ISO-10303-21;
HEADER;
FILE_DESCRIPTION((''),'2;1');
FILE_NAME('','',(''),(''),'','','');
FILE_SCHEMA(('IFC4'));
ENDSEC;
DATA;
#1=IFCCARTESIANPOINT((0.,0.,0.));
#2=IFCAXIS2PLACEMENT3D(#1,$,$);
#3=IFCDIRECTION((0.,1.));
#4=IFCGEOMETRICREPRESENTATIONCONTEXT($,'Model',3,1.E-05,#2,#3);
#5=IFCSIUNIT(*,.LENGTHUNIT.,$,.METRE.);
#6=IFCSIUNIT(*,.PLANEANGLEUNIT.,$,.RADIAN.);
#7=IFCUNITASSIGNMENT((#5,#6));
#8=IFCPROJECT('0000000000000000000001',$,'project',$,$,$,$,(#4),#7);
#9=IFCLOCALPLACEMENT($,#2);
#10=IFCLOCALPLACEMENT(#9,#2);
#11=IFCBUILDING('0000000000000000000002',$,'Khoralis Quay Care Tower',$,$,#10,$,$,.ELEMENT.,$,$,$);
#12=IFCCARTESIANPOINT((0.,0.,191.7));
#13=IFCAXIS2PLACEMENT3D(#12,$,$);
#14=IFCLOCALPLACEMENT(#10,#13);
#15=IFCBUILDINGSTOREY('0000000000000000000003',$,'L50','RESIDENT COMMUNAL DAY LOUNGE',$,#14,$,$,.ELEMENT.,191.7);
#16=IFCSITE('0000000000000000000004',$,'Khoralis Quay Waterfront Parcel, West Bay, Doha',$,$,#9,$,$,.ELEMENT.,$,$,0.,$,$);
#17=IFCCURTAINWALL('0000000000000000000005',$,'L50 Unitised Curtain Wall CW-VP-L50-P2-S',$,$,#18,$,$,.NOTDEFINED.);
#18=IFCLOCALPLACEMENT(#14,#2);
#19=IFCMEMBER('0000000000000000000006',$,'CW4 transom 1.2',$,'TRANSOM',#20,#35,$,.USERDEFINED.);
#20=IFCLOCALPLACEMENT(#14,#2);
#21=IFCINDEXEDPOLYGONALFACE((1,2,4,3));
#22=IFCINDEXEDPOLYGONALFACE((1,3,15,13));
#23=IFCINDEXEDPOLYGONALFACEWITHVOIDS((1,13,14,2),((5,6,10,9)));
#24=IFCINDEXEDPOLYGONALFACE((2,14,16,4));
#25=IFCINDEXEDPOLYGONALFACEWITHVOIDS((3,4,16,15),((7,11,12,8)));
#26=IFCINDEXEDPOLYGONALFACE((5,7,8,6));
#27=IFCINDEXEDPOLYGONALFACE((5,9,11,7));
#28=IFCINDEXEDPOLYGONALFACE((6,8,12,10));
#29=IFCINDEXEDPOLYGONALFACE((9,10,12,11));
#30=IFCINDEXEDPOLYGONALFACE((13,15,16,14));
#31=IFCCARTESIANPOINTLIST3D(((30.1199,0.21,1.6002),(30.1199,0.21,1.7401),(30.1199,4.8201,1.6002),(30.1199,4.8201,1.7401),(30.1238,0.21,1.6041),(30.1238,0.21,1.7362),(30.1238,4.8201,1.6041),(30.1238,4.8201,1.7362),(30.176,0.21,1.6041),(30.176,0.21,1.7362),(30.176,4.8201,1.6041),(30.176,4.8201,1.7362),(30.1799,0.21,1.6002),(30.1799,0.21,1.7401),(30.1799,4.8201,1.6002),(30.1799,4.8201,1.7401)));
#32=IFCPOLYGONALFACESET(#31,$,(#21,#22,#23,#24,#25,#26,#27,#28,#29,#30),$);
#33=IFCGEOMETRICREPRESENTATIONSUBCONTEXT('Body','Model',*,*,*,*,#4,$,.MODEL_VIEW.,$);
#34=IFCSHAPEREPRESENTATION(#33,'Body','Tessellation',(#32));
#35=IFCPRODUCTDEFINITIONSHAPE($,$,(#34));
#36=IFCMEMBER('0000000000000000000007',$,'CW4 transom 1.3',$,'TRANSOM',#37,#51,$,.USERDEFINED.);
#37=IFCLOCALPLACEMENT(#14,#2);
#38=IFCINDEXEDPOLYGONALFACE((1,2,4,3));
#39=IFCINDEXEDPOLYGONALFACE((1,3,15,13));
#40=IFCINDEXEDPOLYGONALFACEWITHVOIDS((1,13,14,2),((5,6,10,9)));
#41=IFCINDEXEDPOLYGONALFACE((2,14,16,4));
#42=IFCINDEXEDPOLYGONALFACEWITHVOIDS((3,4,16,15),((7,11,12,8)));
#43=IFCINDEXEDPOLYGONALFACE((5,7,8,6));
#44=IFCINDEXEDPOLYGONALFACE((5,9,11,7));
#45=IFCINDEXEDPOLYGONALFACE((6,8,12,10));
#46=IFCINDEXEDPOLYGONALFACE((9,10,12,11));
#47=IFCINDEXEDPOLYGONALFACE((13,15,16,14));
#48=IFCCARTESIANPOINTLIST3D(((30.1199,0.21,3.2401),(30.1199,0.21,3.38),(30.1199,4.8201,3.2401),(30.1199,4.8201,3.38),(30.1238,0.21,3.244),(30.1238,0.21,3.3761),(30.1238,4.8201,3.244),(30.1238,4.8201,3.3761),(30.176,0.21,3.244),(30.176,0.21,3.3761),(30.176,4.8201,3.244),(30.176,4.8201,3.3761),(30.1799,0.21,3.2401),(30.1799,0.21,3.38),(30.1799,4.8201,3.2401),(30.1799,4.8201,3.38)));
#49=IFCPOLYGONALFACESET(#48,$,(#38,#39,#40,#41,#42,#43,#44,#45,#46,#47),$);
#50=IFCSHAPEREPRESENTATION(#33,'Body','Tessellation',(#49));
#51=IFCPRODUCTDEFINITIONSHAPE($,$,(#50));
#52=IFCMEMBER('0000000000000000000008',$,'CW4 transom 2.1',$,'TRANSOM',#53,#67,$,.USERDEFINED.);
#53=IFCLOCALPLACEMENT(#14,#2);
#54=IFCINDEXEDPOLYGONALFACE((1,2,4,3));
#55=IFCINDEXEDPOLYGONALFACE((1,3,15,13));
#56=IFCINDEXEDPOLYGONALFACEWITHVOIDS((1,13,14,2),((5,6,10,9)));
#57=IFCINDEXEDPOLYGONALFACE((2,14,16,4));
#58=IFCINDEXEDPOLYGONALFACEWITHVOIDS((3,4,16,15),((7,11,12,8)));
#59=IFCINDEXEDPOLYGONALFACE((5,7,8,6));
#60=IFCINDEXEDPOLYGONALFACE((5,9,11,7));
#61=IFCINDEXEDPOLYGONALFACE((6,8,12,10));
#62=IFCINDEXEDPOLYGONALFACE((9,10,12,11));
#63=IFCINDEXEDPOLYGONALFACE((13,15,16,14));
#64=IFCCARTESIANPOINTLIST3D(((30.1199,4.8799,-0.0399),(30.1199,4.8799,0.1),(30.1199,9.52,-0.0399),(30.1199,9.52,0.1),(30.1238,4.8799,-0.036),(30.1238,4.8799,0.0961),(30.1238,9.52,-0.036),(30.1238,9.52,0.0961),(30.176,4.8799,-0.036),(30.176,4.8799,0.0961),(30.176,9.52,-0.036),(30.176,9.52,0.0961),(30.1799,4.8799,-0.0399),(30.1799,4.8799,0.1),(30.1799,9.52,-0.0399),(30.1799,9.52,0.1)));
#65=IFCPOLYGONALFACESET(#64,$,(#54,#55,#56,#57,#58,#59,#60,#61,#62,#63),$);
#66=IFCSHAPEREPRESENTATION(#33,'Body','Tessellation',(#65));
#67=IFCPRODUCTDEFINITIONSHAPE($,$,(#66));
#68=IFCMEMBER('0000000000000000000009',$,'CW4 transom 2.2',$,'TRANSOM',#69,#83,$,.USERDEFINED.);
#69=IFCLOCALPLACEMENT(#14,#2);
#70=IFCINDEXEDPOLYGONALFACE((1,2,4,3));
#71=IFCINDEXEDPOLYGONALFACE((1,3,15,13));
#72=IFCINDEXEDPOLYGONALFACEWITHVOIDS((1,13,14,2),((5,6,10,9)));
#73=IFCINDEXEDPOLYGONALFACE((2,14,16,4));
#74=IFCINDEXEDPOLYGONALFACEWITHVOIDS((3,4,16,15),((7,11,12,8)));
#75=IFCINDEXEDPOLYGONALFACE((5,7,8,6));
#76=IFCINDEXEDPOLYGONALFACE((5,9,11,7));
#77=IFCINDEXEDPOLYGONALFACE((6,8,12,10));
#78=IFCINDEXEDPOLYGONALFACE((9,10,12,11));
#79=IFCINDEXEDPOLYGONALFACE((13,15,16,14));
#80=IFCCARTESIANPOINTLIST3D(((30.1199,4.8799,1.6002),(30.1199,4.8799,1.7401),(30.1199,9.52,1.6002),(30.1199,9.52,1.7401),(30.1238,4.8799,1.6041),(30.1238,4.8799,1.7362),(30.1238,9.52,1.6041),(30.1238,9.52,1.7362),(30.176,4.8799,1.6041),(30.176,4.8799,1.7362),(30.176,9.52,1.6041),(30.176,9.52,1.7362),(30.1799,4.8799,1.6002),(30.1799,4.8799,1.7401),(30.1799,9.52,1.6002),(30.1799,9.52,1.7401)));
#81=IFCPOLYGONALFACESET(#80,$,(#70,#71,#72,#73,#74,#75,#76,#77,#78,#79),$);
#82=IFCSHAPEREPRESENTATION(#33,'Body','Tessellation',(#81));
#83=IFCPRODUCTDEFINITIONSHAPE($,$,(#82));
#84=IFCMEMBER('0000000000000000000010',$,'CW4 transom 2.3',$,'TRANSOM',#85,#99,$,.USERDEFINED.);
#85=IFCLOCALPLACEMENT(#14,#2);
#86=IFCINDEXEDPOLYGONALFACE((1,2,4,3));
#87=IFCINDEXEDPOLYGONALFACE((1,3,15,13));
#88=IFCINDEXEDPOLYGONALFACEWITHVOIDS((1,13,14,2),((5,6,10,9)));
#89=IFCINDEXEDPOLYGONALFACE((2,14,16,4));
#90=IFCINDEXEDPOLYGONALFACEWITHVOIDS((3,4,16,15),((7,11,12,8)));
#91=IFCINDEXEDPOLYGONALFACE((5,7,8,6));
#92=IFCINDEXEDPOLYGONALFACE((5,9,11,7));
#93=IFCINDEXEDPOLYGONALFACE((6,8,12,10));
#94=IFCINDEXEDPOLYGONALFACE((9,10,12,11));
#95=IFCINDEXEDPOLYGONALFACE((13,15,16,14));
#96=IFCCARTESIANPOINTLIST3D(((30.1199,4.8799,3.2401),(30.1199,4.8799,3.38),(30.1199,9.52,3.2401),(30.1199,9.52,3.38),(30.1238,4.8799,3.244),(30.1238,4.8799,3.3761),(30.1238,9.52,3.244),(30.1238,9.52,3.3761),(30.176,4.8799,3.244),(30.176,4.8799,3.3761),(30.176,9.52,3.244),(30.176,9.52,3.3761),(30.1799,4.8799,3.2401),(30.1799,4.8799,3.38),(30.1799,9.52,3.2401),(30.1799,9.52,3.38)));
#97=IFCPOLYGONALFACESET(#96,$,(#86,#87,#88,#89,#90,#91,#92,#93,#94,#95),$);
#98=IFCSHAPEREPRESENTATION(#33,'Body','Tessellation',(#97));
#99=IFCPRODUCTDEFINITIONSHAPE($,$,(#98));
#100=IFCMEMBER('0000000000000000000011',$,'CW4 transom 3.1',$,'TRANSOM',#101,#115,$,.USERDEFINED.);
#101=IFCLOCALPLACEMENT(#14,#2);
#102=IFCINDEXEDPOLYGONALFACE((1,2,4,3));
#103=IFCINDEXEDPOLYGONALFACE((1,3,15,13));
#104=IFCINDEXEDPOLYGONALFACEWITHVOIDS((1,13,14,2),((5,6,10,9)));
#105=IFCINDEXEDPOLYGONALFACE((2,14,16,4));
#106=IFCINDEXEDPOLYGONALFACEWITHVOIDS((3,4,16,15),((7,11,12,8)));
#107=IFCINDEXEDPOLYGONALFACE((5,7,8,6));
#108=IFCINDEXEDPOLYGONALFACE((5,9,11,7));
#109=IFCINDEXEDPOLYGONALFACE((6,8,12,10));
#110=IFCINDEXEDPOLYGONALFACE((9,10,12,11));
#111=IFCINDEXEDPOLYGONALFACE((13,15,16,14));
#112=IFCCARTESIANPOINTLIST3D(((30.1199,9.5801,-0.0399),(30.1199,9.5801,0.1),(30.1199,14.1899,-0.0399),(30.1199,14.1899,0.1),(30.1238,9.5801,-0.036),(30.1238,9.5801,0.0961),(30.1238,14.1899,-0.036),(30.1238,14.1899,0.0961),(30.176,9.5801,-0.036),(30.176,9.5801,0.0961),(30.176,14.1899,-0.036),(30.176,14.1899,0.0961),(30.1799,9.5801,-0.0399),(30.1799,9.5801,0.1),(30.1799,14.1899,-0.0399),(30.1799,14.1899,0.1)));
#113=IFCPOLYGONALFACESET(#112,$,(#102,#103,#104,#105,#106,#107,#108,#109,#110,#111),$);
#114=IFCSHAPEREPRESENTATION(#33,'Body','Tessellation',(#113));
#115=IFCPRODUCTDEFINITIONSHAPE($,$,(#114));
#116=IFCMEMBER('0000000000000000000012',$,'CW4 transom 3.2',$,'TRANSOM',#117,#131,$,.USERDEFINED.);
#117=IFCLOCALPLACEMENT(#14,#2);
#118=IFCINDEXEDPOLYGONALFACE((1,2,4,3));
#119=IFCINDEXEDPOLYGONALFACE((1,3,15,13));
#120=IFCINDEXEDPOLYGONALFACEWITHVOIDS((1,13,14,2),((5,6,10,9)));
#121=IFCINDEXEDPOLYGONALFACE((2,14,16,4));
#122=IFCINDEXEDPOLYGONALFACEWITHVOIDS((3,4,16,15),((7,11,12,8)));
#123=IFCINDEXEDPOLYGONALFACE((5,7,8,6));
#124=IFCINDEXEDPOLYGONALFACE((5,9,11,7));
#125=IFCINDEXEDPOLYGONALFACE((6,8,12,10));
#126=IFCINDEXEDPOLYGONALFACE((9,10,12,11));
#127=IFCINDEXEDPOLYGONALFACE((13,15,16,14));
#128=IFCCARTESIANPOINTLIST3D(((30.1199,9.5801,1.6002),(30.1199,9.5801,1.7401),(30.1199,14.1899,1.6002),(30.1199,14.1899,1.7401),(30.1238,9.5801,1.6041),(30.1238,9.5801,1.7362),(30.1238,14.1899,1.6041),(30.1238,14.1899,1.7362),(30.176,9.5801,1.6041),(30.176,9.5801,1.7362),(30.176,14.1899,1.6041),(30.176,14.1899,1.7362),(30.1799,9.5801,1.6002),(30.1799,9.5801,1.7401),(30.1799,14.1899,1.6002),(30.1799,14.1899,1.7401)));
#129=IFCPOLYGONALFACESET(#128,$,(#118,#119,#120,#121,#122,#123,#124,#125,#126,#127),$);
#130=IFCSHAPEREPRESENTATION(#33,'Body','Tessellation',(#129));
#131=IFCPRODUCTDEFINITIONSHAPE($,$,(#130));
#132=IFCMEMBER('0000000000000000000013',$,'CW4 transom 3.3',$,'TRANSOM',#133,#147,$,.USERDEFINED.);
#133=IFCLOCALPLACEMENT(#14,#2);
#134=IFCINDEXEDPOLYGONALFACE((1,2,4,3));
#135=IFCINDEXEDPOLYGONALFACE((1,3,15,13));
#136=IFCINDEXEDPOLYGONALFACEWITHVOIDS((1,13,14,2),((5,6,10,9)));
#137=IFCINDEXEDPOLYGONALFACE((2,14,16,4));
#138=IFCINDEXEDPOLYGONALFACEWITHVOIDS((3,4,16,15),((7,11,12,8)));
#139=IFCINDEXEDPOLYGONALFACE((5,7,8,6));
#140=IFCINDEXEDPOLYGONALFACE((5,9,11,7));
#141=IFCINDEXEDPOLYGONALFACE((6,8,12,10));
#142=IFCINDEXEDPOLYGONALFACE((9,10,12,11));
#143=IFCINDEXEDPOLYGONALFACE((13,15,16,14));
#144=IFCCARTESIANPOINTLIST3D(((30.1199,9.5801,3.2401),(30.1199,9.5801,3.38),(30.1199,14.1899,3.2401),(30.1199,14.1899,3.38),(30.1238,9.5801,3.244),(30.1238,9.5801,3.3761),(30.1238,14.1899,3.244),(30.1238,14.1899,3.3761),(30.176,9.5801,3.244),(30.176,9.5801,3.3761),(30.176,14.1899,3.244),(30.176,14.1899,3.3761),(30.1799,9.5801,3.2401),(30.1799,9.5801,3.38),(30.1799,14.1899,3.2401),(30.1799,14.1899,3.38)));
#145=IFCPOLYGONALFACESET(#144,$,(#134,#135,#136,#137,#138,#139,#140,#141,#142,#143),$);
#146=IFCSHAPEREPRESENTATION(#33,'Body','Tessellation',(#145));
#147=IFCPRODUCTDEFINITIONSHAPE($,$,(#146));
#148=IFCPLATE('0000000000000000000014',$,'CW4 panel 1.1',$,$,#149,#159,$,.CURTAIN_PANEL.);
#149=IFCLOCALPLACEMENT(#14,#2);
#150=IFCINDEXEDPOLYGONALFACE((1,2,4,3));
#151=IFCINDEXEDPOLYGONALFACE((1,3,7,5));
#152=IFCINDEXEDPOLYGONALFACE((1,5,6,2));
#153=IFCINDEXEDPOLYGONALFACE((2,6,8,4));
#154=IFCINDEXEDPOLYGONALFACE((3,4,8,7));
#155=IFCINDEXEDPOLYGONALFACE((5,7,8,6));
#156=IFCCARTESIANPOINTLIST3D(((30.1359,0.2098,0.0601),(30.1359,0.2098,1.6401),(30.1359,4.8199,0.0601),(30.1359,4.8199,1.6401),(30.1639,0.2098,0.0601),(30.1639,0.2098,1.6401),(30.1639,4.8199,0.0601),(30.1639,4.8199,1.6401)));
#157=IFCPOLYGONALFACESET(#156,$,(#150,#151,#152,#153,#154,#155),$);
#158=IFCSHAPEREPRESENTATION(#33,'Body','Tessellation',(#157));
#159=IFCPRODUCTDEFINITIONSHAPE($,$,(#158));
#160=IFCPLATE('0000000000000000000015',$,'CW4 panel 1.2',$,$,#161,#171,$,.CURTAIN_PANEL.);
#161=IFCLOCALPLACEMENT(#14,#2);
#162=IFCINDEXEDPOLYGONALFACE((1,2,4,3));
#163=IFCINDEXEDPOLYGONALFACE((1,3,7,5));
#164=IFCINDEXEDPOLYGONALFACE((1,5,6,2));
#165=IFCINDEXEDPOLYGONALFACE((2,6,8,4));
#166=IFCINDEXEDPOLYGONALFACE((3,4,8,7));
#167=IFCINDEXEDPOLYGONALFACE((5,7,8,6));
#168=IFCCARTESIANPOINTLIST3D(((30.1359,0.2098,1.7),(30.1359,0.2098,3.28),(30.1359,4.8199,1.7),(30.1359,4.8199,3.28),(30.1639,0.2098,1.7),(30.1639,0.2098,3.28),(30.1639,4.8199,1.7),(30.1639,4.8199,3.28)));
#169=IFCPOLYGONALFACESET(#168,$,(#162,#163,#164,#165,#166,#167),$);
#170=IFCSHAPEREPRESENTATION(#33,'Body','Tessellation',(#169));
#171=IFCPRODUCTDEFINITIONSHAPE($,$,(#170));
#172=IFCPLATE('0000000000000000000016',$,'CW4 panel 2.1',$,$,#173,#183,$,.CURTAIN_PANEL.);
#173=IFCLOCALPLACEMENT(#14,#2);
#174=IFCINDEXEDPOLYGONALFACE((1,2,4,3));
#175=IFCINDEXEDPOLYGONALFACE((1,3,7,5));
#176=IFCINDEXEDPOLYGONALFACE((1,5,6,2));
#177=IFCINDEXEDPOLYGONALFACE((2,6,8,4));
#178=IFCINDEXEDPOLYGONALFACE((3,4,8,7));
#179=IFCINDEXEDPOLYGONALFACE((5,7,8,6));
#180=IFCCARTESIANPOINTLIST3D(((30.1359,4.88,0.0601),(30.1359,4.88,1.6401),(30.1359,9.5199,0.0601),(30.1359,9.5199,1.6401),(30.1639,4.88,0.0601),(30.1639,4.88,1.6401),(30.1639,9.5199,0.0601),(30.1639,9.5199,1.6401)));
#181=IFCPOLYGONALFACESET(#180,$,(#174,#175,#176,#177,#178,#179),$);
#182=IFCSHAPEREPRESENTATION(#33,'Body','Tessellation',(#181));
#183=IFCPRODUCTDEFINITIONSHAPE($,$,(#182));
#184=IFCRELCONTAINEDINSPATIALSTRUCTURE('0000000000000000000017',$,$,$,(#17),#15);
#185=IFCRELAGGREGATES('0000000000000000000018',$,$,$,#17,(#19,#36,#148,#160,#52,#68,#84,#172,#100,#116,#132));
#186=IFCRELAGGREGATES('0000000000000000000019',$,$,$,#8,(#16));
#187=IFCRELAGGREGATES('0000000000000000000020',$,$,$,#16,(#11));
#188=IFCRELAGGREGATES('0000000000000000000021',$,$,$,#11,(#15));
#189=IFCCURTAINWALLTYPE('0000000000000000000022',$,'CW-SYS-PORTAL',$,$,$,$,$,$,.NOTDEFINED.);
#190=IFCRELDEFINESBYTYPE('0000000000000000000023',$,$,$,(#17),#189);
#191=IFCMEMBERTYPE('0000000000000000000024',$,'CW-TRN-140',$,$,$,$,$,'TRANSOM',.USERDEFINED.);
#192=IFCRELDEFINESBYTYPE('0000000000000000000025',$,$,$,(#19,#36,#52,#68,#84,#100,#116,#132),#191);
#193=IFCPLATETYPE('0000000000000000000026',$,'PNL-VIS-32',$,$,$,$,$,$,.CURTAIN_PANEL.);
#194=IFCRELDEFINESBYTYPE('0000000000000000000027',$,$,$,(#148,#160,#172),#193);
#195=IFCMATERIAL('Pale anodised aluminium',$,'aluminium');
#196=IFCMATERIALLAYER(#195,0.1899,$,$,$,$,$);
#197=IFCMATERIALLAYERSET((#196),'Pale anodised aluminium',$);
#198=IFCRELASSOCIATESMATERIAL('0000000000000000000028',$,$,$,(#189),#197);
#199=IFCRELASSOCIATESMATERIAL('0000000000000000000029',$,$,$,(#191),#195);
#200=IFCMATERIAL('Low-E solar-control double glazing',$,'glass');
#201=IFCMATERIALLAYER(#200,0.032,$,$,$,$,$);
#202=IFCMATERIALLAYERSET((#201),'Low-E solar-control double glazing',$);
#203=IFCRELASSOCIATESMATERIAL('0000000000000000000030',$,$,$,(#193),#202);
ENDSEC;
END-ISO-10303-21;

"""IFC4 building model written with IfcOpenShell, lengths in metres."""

from ifc_helpers import new_model, si_unit, direction, frame, origin, origin_2d, place, context, subcontext, project, spatial, rectangle, hollow_rectangle, extrude, source, transform, mapped, material, layer, layer_set, material_profile, profile_set, type_object, element, aggregate, save


model = new_model("IFC4")

# Units and contexts
model_context = context("Model", 3, precision=1e-05, world=origin(), true_north=direction((0.0, 1.0)))
body_context = subcontext(model_context, "Body", "Model", "MODEL_VIEW")
ifc_project = project(units=[si_unit("LENGTHUNIT", "METRE"), si_unit("PLANEANGLEUNIT", "RADIAN")], contexts=[model_context])

# Site, building, storey
site_placement = place(None, origin())
site = spatial("IfcSite", under=ifc_project, at=site_placement, Name="Khoralis Quay Waterfront Parcel, West Bay, Doha", CompositionType="ELEMENT", RefElevation=0.0)
building_placement = place(site_placement, origin())
building = spatial("IfcBuilding", under=site, at=building_placement, Name="Khoralis Quay Care Tower", CompositionType="ELEMENT")
storey_placement = place(building_placement, frame((0.0, 0.0, 191.7)))
storey = spatial("IfcBuildingStorey", under=building, at=storey_placement, Name="L50", Description="RESIDENT COMMUNAL DAY LOUNGE", CompositionType="ELEMENT", Elevation=191.7)

# Curtain wall, members, plates
ifc_material_1 = material(Name="Pale anodised aluminium", Category="aluminium")
ifc_layer_1 = layer(ifc_material_1, 0.1899)
ifc_layer_set_1 = layer_set([ifc_layer_1], Name="Pale anodised aluminium")
curtain_wall_type = type_object("IfcCurtainWallType", Name="CW-SYS-PORTAL", PredefinedType="NOTDEFINED", material=ifc_layer_set_1)
curtain_wall_placement = place(storey_placement, origin())
curtain_wall = element("IfcCurtainWall", 1, at=curtain_wall_placement, inside=storey, type_object=curtain_wall_type, Name="L50 Unitised Curtain Wall CW-VP-L50-P2-S", PredefinedType="NOTDEFINED")
ifc_material_profile_1 = material_profile(ifc_material_1, hollow_rectangle(XDim=0.0601, YDim=0.1399, WallThickness=0.0039, at=origin_2d()), Name="Pale anodised aluminium")
ifc_profile_set_1 = profile_set([ifc_material_profile_1], Name="Pale anodised aluminium")
member_type_1 = type_object("IfcMemberType", Name="CW-TRN-140", ElementType="TRANSOM", PredefinedType="USERDEFINED", material=ifc_profile_set_1)
shared_shape_1 = source(origin(), body_context, "Body", "SweptSolid", [
    extrude(hollow_rectangle(XDim=0.0601, YDim=0.1399, WallThickness=0.0039, at=origin_2d()), origin(), (0.0, 0.0, 1.0), 4.6101),
])
member_1_placement = place(storey_placement, frame((30.1499, 0.21, 1.6702), z_axis=(0.0, 1.0, 0.0), x_axis=(-1.0, 0.0, 0.0)))
member_1 = element("IfcMember", 2, at=member_1_placement, type_object=member_type_1, Name="CW4 transom 1.2", ObjectType="TRANSOM", PredefinedType="USERDEFINED", context=body_context, shape_type="MappedRepresentation", body=[
    mapped(shared_shape_1, transform((0.0, 0.0, 0.0), scale=1.0)),
])
member_2_placement = place(storey_placement, frame((30.1499, 0.21, 3.3101), z_axis=(0.0, 1.0, 0.0), x_axis=(-1.0, 0.0, 0.0)))
member_2 = element("IfcMember", 3, at=member_2_placement, type_object=member_type_1, Name="CW4 transom 1.3", ObjectType="TRANSOM", PredefinedType="USERDEFINED", context=body_context, shape_type="MappedRepresentation", body=[
    mapped(shared_shape_1, transform((0.0, 0.0, 0.0), scale=1.0)),
])
shared_shape_2 = source(origin(), body_context, "Body", "SweptSolid", [
    extrude(hollow_rectangle(XDim=0.0601, YDim=0.1399, WallThickness=0.0039, at=origin_2d()), origin(), (0.0, 0.0, 1.0), 4.6401),
])
member_3_placement = place(storey_placement, frame((30.1499, 4.8799, 0.03), z_axis=(0.0, 1.0, 0.0), x_axis=(-1.0, 0.0, 0.0)))
member_3 = element("IfcMember", 4, at=member_3_placement, type_object=member_type_1, Name="CW4 transom 2.1", ObjectType="TRANSOM", PredefinedType="USERDEFINED", context=body_context, shape_type="MappedRepresentation", body=[
    mapped(shared_shape_2, transform((0.0, 0.0, 0.0), scale=1.0)),
])
member_4_placement = place(storey_placement, frame((30.1499, 4.8799, 1.6702), z_axis=(0.0, 1.0, 0.0), x_axis=(-1.0, 0.0, 0.0)))
member_4 = element("IfcMember", 5, at=member_4_placement, type_object=member_type_1, Name="CW4 transom 2.2", ObjectType="TRANSOM", PredefinedType="USERDEFINED", context=body_context, shape_type="MappedRepresentation", body=[
    mapped(shared_shape_2, transform((0.0, 0.0, 0.0), scale=1.0)),
])
member_5_placement = place(storey_placement, frame((30.1499, 4.8799, 3.3101), z_axis=(0.0, 1.0, 0.0), x_axis=(-1.0, 0.0, 0.0)))
member_5 = element("IfcMember", 6, at=member_5_placement, type_object=member_type_1, Name="CW4 transom 2.3", ObjectType="TRANSOM", PredefinedType="USERDEFINED", context=body_context, shape_type="MappedRepresentation", body=[
    mapped(shared_shape_2, transform((0.0, 0.0, 0.0), scale=1.0)),
])
shared_shape_3 = source(origin(), body_context, "Body", "SweptSolid", [
    extrude(hollow_rectangle(XDim=0.0601, YDim=0.1399, WallThickness=0.0039, at=origin_2d()), origin(), (0.0, 0.0, 1.0), 4.6099),
])
member_6_placement = place(storey_placement, frame((30.1499, 9.5801, 0.03), z_axis=(0.0, 1.0, 0.0), x_axis=(-1.0, 0.0, 0.0)))
member_6 = element("IfcMember", 7, at=member_6_placement, type_object=member_type_1, Name="CW4 transom 3.1", ObjectType="TRANSOM", PredefinedType="USERDEFINED", context=body_context, shape_type="MappedRepresentation", body=[
    mapped(shared_shape_3, transform((0.0, 0.0, 0.0), scale=1.0)),
])
member_7_placement = place(storey_placement, frame((30.1499, 9.5801, 1.6702), z_axis=(0.0, 1.0, 0.0), x_axis=(-1.0, 0.0, 0.0)))
member_7 = element("IfcMember", 8, at=member_7_placement, type_object=member_type_1, Name="CW4 transom 3.2", ObjectType="TRANSOM", PredefinedType="USERDEFINED", context=body_context, shape_type="MappedRepresentation", body=[
    mapped(shared_shape_3, transform((0.0, 0.0, 0.0), scale=1.0)),
])
member_8_placement = place(storey_placement, frame((30.1499, 9.5801, 3.3101), z_axis=(0.0, 1.0, 0.0), x_axis=(-1.0, 0.0, 0.0)))
member_8 = element("IfcMember", 9, at=member_8_placement, type_object=member_type_1, Name="CW4 transom 3.3", ObjectType="TRANSOM", PredefinedType="USERDEFINED", context=body_context, shape_type="MappedRepresentation", body=[
    mapped(shared_shape_3, transform((0.0, 0.0, 0.0), scale=1.0)),
])
ifc_material_2 = material(Name="Low-E solar-control double glazing", Category="glass")
ifc_layer_2 = layer(ifc_material_2, 0.032)
ifc_layer_set_2 = layer_set([ifc_layer_2], Name="Low-E solar-control double glazing")
plate_type = type_object("IfcPlateType", Name="PNL-VIS-32", PredefinedType="CURTAIN_PANEL", material=ifc_layer_set_2)
shared_shape_4 = source(origin(), body_context, "Body", "SweptSolid", [
    extrude(rectangle(XDim=4.6101, YDim=0.0281, at=origin_2d()), origin(), (0.0, 0.0, 1.0), 1.5801),
])
plate_1_placement = place(storey_placement, frame((30.1499, 2.5149, 0.0601), z_axis=(0.0, 0.0, 1.0), x_axis=(0.0, 1.0, 0.0)))
plate_1 = element("IfcPlate", 10, at=plate_1_placement, type_object=plate_type, Name="CW4 panel 1.1", PredefinedType="CURTAIN_PANEL", context=body_context, shape_type="MappedRepresentation", body=[
    mapped(shared_shape_4, transform((0.0, 0.0, 0.0), scale=1.0)),
])
plate_2_placement = place(storey_placement, frame((30.1499, 2.5149, 1.7), z_axis=(0.0, 0.0, 1.0), x_axis=(0.0, 1.0, 0.0)))
plate_2 = element("IfcPlate", 11, at=plate_2_placement, type_object=plate_type, Name="CW4 panel 1.2", PredefinedType="CURTAIN_PANEL", context=body_context, shape_type="MappedRepresentation", body=[
    mapped(shared_shape_4, transform((0.0, 0.0, 0.0), scale=1.0)),
])
shared_shape_5 = source(origin(), body_context, "Body", "SweptSolid", [
    extrude(rectangle(XDim=4.6399, YDim=0.0281, at=origin_2d()), origin(), (0.0, 0.0, 1.0), 1.5801),
])
plate_3_placement = place(storey_placement, frame((30.1499, 7.2, 0.0601), z_axis=(0.0, 0.0, 1.0), x_axis=(0.0, 1.0, 0.0)))
plate_3 = element("IfcPlate", 12, at=plate_3_placement, type_object=plate_type, Name="CW4 panel 2.1", PredefinedType="CURTAIN_PANEL", context=body_context, shape_type="MappedRepresentation", body=[
    mapped(shared_shape_5, transform((0.0, 0.0, 0.0), scale=1.0)),
])
aggregate(curtain_wall, [member_1, member_2, plate_1, plate_2, member_3, member_4, member_5, plate_3, member_6, member_7, member_8])

save(model, "model.ifc")
